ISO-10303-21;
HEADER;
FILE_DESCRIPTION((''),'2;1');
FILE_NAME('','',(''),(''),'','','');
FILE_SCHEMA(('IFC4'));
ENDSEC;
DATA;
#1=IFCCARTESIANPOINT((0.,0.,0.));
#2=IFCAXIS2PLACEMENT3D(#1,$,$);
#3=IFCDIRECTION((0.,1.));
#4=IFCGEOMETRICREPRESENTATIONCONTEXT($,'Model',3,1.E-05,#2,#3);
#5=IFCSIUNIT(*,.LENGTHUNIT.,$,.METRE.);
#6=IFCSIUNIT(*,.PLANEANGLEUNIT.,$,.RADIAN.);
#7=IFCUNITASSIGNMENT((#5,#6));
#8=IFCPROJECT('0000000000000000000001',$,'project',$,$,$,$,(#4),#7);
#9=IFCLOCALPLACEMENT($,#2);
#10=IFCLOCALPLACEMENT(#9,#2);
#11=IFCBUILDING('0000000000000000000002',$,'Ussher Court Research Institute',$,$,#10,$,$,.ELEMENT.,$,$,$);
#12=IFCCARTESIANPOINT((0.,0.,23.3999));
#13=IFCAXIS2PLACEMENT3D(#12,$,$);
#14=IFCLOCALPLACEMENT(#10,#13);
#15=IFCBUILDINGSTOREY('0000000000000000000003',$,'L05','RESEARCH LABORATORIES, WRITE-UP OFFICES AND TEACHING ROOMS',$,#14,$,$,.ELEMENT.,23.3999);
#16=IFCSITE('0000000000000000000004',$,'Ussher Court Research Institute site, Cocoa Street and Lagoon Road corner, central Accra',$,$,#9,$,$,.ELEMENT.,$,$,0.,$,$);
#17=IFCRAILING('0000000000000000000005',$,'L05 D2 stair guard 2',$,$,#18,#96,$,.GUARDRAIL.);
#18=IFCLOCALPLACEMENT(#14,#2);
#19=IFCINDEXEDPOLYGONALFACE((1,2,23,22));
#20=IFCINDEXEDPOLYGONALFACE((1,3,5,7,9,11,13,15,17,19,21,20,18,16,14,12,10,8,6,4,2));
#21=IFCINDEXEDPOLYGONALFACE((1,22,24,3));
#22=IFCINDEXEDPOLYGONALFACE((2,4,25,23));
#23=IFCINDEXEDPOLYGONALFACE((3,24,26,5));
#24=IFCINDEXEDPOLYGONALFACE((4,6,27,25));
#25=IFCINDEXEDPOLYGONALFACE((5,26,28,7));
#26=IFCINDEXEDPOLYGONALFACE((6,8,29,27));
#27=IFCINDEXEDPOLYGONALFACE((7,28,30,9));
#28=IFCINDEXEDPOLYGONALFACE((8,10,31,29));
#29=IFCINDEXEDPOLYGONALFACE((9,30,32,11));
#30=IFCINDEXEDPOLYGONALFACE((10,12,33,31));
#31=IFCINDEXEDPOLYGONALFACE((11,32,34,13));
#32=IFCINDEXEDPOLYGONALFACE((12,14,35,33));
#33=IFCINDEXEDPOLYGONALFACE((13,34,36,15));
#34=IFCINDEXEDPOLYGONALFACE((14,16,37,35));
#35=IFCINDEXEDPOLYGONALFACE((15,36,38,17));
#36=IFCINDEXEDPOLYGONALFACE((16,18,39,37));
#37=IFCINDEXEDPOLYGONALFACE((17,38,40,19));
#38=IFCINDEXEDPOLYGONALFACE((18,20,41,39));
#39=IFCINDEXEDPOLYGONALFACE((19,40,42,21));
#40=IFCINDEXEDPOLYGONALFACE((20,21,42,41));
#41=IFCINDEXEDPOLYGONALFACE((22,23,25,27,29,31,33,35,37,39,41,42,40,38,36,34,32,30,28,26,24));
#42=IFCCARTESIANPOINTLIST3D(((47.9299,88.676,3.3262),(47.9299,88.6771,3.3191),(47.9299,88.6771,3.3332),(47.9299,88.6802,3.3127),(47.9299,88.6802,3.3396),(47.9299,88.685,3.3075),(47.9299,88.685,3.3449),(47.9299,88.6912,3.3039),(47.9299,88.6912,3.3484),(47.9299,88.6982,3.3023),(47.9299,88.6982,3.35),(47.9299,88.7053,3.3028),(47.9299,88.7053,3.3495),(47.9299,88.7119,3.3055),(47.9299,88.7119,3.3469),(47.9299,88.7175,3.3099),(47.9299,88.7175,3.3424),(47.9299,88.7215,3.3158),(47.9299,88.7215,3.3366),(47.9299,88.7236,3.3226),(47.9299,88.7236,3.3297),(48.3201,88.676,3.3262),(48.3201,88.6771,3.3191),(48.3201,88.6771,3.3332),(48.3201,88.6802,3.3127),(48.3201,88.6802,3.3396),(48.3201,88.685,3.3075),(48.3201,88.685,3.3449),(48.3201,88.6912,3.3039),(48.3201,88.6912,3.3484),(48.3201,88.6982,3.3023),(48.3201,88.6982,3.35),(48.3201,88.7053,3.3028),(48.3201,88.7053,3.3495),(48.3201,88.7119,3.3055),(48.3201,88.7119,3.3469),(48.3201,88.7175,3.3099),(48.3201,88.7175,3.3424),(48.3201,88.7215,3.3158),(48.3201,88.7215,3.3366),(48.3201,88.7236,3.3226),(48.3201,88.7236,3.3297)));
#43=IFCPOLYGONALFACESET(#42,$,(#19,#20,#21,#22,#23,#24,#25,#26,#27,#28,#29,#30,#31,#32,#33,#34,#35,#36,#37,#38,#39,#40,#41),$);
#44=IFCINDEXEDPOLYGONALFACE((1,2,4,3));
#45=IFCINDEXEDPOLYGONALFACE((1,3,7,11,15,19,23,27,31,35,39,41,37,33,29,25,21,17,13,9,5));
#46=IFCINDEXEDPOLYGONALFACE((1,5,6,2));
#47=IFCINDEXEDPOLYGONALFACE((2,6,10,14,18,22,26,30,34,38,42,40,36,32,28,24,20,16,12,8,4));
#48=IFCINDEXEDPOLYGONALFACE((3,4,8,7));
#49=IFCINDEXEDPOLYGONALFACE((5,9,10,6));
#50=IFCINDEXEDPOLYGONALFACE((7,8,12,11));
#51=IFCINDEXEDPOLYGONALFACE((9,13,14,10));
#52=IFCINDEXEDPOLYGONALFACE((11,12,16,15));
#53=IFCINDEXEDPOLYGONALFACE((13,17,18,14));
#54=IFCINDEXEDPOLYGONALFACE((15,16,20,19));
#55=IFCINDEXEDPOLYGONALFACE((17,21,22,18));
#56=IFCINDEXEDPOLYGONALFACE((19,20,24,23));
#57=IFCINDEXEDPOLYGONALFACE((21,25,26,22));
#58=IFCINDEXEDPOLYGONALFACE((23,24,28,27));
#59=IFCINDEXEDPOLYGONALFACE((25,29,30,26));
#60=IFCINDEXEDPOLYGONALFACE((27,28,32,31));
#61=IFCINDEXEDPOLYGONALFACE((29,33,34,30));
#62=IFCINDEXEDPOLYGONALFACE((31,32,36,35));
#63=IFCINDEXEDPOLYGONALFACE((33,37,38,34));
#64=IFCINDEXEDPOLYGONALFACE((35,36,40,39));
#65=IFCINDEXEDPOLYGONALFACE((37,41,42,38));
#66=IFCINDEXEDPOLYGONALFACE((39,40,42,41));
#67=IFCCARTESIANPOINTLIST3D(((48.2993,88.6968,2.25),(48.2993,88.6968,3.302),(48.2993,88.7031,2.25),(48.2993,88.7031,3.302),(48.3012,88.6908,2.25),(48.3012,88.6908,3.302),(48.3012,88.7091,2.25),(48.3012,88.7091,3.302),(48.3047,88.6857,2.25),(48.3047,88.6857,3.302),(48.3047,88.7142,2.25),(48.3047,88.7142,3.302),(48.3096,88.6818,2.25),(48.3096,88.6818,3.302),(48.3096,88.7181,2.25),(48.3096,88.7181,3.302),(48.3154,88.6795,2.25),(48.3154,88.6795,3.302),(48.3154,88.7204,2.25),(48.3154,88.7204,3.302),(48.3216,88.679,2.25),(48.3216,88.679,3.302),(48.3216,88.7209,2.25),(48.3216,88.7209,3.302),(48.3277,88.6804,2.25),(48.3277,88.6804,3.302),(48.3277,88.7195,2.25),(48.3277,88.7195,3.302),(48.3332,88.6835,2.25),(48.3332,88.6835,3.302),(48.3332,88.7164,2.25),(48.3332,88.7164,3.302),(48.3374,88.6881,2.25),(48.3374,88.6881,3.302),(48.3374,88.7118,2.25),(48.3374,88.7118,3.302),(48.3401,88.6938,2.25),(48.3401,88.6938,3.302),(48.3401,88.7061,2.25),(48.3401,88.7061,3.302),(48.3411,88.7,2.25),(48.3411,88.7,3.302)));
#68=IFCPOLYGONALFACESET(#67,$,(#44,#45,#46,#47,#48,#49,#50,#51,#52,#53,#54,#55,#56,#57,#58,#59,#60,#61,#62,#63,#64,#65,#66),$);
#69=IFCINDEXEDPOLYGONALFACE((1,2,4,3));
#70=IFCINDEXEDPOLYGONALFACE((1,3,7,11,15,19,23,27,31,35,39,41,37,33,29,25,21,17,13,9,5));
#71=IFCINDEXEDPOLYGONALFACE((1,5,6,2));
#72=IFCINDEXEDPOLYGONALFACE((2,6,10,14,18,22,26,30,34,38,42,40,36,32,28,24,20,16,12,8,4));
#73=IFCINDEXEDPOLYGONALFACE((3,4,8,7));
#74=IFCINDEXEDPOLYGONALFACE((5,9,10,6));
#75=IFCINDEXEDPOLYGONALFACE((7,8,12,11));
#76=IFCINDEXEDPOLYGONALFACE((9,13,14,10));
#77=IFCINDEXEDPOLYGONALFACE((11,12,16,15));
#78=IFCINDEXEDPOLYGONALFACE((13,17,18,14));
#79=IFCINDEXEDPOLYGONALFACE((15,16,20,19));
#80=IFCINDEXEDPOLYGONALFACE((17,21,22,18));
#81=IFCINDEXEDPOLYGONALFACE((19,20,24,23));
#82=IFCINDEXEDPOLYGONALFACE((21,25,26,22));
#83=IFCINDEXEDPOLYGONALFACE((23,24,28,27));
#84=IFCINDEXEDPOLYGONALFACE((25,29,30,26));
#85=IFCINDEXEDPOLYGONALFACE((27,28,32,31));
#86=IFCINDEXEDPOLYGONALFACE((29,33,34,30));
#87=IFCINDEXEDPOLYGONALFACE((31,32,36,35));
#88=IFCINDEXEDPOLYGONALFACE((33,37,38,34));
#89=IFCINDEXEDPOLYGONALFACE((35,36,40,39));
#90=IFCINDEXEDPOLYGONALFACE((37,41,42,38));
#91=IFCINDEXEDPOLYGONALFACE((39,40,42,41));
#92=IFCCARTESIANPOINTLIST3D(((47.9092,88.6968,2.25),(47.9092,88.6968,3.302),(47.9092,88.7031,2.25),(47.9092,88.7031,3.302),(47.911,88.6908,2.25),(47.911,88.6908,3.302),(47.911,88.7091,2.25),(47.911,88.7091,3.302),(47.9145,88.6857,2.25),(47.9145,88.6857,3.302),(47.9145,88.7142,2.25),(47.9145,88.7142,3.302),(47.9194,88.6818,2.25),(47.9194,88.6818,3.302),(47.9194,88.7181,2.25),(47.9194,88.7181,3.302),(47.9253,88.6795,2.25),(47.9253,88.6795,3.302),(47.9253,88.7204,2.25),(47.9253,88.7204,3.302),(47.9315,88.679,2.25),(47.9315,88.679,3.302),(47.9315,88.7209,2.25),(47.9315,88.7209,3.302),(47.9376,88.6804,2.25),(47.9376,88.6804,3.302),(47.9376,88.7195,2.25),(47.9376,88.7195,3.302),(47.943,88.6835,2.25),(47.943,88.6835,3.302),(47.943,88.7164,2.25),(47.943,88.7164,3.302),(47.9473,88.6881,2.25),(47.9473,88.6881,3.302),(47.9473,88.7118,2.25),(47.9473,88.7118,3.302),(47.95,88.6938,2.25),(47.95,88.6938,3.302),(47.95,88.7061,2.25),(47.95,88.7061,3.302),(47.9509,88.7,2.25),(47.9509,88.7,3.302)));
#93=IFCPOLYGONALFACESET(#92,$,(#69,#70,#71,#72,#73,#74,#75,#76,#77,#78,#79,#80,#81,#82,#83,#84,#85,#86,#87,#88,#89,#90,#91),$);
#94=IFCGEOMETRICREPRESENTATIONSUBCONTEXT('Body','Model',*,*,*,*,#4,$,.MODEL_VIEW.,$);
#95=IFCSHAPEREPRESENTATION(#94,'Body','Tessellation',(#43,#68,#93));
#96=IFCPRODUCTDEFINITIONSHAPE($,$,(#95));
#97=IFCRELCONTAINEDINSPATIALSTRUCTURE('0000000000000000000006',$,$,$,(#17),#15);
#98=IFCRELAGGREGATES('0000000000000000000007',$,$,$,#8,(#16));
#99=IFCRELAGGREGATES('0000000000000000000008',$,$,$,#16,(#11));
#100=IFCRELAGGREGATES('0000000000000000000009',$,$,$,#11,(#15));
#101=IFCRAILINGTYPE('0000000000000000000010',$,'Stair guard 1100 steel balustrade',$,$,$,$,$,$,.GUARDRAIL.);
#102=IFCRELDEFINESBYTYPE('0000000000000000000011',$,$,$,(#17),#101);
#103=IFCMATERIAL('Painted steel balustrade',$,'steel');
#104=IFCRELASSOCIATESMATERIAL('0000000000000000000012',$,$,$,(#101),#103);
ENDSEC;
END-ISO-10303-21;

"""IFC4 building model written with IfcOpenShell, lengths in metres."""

from ifc_helpers import new_model, si_unit, direction, frame, origin, origin_2d, place, context, subcontext, project, spatial, circle, extrude, material, type_object, element, save


model = new_model("IFC4")

# Units and contexts
model_context = context("Model", 3, precision=1e-05, world=origin(), true_north=direction((0.0, 1.0)))
body_context = subcontext(model_context, "Body", "Model", "MODEL_VIEW")
ifc_project = project(units=[si_unit("LENGTHUNIT", "METRE"), si_unit("PLANEANGLEUNIT", "RADIAN")], contexts=[model_context])

# Site, building, storey
site_placement = place(None, origin())
site = spatial("IfcSite", under=ifc_project, at=site_placement, Name="Ussher Court Research Institute site, Cocoa Street and Lagoon Road corner, central Accra", CompositionType="ELEMENT", RefElevation=0.0)
building_placement = place(site_placement, origin())
building = spatial("IfcBuilding", under=site, at=building_placement, Name="Ussher Court Research Institute", CompositionType="ELEMENT")
storey_placement = place(building_placement, frame((0.0, 0.0, 23.3999)))
storey = spatial("IfcBuildingStorey", under=building, at=storey_placement, Name="L05", Description="RESEARCH LABORATORIES, WRITE-UP OFFICES AND TEACHING ROOMS", CompositionType="ELEMENT", Elevation=23.3999)

# Railing
ifc_material_1 = material(Name="Painted steel balustrade", Category="steel")
railing_type_1 = type_object("IfcRailingType", Name="Stair guard 1100 steel balustrade", PredefinedType="GUARDRAIL", material=ifc_material_1)
railing_1_placement = place(storey_placement, frame((48.3201, 88.7, 2.25)))
element("IfcRailing", 1, at=railing_1_placement, inside=storey, type_object=railing_type_1, Name="L05 D2 stair guard 2", PredefinedType="GUARDRAIL", context=body_context, shape_type="SweptSolid", body=[
    extrude(circle(Radius=0.0239, at=origin_2d()), frame((0.0, 0.0, 1.0762), z_axis=(-1.0, 0.0, 0.0), x_axis=(0.0, -1.0, 0.0)), (0.0, 0.0, 1.0), 0.3901),
    extrude(circle(Radius=0.021, at=origin_2d()), origin(), (0.0, 0.0, 1.0), 1.052),
    extrude(circle(Radius=0.021, at=origin_2d()), frame((-0.3901, 0.0, 0.0)), (0.0, 0.0, 1.0), 1.052),
])

save(model, "model.ifc")
